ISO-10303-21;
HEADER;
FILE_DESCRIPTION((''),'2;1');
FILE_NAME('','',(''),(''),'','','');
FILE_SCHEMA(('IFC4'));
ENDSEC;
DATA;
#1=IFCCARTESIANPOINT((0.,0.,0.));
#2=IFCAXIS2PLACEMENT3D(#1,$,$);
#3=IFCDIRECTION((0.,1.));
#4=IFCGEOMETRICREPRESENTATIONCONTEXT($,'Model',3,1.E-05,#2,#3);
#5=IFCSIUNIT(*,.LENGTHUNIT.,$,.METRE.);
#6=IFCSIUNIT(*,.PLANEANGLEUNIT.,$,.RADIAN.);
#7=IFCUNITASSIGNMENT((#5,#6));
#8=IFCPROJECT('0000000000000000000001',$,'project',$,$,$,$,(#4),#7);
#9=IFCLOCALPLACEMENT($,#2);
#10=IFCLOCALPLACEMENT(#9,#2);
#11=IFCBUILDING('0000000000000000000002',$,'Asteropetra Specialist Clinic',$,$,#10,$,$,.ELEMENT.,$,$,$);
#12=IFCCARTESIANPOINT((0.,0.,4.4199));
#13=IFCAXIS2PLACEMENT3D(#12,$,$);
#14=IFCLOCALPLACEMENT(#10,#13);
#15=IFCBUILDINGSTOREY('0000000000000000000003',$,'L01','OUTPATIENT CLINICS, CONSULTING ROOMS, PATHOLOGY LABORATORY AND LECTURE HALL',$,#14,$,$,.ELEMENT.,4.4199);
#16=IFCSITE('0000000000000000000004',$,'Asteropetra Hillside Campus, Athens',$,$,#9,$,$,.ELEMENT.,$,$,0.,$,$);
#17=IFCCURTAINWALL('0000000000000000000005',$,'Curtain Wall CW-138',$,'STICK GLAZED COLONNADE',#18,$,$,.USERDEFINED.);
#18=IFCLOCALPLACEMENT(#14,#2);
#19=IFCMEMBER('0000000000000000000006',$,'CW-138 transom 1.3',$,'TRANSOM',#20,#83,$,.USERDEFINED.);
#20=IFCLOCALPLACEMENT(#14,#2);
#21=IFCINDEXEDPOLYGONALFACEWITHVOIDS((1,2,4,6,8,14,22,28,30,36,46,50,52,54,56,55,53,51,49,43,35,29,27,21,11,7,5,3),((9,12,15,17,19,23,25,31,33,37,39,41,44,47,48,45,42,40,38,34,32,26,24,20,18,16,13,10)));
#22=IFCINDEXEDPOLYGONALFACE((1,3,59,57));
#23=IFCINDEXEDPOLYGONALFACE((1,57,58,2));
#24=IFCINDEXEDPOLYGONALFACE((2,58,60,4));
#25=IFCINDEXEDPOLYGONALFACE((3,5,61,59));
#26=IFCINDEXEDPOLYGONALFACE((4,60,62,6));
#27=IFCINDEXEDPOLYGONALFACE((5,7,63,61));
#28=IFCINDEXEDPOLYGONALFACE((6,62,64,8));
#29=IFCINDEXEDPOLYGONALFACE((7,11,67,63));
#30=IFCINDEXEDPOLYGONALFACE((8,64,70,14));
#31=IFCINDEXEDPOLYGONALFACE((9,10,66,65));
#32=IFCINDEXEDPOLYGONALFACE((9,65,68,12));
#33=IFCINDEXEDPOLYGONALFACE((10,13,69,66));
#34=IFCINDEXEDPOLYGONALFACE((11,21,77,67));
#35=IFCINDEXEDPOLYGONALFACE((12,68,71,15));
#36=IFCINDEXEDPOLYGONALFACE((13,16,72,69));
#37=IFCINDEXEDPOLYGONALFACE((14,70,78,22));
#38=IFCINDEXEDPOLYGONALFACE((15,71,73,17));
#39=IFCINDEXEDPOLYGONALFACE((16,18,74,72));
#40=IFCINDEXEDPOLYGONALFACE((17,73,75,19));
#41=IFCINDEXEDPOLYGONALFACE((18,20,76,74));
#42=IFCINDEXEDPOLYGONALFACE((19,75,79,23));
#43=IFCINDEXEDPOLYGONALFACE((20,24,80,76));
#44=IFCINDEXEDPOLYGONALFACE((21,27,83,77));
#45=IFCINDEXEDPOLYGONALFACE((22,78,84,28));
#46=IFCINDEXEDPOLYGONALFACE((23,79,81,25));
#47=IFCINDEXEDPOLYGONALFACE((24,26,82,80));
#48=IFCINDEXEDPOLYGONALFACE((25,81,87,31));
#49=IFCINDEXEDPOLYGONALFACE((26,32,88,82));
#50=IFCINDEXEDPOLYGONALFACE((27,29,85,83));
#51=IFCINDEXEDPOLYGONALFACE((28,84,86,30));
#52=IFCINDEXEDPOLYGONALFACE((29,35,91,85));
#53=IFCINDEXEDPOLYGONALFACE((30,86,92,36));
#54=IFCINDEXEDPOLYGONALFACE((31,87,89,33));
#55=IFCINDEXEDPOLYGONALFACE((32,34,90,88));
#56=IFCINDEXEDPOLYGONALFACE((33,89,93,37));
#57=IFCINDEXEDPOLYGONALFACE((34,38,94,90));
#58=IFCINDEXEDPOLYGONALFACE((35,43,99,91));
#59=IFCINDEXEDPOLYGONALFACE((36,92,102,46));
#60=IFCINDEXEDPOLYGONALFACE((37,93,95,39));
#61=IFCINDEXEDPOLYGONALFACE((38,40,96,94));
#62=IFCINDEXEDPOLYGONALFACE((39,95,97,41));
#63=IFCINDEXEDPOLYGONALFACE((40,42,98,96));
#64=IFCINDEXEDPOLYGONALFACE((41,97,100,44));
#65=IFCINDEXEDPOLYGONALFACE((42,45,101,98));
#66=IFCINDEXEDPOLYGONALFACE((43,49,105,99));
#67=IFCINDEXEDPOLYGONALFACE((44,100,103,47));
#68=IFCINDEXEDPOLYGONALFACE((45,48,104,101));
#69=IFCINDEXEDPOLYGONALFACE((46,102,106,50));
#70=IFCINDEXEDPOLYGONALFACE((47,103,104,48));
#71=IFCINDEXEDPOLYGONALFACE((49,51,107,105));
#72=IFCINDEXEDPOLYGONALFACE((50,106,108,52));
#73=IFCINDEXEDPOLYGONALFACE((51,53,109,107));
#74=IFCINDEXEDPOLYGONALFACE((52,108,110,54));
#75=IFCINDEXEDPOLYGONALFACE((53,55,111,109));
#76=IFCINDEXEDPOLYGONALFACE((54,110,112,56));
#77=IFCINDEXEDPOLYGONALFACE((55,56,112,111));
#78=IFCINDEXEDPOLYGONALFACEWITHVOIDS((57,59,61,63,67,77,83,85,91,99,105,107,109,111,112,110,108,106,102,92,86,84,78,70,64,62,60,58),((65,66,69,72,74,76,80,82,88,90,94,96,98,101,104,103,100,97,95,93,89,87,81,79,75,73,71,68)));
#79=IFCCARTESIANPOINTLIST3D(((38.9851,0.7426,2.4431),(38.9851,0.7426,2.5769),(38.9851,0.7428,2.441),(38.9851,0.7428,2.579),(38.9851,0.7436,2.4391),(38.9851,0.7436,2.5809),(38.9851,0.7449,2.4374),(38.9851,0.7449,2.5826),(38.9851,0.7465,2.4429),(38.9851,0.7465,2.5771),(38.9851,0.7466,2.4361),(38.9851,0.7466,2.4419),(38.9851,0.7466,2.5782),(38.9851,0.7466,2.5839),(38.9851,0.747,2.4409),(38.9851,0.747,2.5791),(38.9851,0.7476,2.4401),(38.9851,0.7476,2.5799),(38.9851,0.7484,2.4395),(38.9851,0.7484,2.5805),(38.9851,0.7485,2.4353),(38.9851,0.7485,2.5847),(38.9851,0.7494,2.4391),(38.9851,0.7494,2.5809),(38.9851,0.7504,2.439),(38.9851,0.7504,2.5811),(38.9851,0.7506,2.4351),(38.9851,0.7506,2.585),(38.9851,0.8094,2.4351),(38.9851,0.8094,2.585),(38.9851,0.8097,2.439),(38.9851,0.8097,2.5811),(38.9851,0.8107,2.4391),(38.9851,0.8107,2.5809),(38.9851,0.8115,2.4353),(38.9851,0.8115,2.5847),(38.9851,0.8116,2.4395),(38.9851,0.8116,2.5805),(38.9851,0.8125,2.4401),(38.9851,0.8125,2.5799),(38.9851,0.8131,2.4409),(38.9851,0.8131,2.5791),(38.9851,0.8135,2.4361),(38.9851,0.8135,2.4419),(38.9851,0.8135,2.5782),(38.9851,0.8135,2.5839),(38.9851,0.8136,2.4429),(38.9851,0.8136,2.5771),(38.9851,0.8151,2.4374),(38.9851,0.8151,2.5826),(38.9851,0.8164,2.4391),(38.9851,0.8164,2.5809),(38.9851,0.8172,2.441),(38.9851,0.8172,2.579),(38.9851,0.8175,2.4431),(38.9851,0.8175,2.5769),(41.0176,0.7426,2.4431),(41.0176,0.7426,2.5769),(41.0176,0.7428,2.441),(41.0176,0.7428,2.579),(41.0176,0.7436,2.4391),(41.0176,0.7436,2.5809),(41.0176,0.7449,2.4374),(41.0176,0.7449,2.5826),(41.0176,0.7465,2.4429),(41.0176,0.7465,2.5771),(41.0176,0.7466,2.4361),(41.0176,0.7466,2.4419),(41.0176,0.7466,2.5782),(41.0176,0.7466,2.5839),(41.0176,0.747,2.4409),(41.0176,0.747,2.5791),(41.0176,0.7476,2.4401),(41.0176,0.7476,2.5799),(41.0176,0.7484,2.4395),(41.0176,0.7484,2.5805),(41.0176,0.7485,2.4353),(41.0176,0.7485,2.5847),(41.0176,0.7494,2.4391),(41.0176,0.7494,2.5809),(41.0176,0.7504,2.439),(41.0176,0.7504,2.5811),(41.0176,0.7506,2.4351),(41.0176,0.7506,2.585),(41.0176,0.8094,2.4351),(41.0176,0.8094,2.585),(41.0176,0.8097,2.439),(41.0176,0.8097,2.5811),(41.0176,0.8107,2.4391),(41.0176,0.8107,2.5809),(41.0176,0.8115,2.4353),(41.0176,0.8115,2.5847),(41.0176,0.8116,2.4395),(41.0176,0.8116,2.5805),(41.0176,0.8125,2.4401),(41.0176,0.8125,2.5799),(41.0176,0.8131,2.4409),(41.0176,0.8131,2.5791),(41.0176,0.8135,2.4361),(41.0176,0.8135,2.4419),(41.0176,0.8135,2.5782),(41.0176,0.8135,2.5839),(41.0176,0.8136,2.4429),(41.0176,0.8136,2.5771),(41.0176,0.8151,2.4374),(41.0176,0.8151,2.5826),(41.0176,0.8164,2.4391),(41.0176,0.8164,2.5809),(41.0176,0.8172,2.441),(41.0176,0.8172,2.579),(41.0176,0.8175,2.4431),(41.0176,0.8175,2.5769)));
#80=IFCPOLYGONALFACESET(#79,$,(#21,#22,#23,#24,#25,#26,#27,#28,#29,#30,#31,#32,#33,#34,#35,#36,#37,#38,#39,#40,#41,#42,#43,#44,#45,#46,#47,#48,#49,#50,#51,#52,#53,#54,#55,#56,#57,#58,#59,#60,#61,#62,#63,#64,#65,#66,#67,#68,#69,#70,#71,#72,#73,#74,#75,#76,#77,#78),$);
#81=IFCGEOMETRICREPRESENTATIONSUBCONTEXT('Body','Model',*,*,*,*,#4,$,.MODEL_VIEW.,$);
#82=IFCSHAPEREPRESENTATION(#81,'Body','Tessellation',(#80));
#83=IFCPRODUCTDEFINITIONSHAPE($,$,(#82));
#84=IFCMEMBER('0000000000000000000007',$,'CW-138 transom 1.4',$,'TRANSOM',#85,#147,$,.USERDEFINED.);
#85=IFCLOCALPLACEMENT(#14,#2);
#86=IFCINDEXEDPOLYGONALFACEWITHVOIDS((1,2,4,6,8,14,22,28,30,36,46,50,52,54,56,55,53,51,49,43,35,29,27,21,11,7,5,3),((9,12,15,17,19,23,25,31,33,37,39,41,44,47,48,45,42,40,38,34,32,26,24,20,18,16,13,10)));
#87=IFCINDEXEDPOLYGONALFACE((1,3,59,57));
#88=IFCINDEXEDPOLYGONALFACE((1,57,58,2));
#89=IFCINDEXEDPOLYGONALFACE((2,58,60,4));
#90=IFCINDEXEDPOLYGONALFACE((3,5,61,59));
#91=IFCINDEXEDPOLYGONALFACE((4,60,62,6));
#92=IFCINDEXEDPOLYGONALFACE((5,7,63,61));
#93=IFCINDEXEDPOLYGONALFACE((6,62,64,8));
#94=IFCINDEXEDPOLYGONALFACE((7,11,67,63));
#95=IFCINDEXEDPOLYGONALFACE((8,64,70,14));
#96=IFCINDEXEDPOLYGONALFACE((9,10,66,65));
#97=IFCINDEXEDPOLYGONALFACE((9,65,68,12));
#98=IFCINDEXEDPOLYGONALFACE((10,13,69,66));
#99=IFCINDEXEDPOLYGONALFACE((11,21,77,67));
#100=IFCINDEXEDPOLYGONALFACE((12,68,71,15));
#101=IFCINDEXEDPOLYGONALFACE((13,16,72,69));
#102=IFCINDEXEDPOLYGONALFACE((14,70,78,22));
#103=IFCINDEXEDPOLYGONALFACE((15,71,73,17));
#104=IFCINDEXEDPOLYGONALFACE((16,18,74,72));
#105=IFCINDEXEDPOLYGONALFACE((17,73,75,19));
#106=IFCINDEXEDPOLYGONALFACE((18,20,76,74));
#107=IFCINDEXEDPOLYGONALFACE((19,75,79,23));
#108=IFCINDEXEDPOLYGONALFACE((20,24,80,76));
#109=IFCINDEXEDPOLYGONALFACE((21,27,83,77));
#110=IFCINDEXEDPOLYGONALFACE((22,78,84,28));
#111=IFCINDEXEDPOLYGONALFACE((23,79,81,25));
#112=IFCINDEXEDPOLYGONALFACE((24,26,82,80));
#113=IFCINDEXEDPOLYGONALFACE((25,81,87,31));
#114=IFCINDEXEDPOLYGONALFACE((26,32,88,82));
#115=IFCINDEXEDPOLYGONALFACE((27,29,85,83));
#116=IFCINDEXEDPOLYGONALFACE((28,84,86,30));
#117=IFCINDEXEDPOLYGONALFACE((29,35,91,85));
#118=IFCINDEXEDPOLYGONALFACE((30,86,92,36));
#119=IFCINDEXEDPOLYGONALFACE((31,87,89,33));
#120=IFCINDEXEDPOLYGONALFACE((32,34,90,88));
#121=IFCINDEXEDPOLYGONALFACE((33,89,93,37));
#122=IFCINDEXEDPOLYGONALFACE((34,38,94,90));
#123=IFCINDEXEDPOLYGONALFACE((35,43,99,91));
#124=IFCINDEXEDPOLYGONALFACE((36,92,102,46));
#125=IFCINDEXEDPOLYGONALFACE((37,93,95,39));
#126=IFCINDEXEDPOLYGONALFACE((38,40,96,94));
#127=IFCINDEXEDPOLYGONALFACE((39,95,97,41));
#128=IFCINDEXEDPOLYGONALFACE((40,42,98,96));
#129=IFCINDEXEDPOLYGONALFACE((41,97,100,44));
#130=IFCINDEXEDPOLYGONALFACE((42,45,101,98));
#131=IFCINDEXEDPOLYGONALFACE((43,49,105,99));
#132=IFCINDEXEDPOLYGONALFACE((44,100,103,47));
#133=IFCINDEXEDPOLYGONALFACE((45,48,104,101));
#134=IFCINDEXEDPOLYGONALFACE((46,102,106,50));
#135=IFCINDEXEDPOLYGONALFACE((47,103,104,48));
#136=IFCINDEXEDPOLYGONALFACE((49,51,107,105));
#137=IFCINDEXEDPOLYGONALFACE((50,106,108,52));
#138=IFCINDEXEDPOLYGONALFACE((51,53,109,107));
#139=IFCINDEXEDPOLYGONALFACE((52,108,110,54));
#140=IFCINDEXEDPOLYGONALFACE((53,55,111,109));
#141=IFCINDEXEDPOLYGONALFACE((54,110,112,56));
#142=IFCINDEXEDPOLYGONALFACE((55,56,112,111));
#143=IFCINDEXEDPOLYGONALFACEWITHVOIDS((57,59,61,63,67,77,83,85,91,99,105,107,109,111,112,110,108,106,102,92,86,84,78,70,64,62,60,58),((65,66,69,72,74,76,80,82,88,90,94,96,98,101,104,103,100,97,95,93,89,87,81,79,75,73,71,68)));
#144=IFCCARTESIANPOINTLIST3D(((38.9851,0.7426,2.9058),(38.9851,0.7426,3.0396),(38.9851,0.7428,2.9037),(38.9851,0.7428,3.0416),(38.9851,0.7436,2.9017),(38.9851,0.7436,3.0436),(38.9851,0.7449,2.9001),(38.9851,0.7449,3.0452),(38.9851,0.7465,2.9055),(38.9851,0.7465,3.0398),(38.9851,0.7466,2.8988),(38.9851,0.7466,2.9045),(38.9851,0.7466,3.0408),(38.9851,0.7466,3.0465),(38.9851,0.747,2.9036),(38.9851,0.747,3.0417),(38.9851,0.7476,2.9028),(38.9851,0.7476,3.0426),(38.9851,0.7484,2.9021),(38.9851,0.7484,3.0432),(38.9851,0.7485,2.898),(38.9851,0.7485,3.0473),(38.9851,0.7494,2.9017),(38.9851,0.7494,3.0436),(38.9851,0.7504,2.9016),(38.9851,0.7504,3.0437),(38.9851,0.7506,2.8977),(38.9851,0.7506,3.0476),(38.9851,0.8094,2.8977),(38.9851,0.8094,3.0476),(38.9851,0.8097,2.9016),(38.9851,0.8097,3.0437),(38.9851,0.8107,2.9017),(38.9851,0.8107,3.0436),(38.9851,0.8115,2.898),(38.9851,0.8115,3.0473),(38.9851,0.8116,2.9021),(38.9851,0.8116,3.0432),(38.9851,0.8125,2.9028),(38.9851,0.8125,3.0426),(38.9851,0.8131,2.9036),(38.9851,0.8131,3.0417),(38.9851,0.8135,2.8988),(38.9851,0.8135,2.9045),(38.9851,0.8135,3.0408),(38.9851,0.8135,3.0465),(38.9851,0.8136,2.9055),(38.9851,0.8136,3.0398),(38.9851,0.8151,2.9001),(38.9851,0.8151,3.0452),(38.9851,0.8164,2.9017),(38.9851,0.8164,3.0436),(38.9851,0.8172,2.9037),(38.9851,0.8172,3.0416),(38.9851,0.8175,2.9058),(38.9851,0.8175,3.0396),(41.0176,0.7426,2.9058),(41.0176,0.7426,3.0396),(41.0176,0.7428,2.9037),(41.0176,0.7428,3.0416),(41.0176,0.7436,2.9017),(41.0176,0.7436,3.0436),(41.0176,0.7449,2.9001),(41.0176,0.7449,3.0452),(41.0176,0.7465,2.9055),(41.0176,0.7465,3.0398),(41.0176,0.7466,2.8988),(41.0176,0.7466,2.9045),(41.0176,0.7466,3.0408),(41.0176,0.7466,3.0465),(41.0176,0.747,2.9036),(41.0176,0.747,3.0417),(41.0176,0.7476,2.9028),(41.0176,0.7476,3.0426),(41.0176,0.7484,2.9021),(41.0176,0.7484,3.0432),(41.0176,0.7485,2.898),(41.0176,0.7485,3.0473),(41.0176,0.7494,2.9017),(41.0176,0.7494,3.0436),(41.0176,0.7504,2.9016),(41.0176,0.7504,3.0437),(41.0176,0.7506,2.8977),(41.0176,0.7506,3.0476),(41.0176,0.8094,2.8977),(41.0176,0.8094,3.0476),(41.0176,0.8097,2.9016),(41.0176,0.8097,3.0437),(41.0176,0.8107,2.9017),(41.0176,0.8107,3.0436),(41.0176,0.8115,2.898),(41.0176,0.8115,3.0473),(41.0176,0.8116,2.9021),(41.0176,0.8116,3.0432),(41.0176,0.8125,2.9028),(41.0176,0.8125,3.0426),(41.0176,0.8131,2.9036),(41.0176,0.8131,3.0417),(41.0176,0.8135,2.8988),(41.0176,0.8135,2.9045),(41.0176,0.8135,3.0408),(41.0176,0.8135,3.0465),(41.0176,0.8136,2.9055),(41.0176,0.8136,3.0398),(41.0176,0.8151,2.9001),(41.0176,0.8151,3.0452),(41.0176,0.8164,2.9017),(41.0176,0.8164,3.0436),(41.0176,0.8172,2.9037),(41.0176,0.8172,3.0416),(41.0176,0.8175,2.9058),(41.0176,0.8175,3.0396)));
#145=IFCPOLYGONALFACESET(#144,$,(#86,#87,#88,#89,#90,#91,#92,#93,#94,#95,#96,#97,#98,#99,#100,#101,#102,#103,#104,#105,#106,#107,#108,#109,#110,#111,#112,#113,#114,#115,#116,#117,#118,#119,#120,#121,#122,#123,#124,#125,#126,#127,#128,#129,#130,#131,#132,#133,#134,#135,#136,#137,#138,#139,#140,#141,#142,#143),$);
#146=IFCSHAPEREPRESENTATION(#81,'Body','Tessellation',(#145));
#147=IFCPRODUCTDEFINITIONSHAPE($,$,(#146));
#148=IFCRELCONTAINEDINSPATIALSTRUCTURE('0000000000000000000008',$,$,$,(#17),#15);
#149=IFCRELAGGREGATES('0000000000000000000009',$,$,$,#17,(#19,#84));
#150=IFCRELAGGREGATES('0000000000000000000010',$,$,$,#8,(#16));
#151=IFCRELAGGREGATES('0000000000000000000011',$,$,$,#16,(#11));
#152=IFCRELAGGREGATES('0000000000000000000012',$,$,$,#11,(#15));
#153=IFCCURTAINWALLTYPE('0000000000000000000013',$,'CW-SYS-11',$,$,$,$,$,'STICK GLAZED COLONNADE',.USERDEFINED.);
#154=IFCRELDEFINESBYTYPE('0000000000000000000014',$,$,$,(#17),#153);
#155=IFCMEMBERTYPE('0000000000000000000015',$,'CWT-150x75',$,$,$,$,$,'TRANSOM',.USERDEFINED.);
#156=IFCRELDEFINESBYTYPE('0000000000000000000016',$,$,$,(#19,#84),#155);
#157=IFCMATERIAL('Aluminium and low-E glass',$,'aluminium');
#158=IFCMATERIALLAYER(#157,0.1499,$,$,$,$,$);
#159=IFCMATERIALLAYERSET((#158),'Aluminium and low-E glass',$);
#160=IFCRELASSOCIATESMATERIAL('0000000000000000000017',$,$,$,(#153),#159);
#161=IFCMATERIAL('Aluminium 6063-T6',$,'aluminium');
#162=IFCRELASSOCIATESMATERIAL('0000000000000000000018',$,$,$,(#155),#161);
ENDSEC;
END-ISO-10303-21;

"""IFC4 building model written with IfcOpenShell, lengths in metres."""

from ifc_helpers import new_model, si_unit, direction, frame, origin, origin_2d, place, context, subcontext, project, spatial, hollow_rectangle, extrude, material, layer, layer_set, material_profile, profile_set, type_object, element, aggregate, save


model = new_model("IFC4")

# Units and contexts
model_context = context("Model", 3, precision=1e-05, world=origin(), true_north=direction((0.0, 1.0)))
body_context = subcontext(model_context, "Body", "Model", "MODEL_VIEW")
ifc_project = project(units=[si_unit("LENGTHUNIT", "METRE"), si_unit("PLANEANGLEUNIT", "RADIAN")], contexts=[model_context])

# Site, building, storey
site_placement = place(None, origin())
site = spatial("IfcSite", under=ifc_project, at=site_placement, Name="Asteropetra Hillside Campus, Athens", CompositionType="ELEMENT", RefElevation=0.0)
building_placement = place(site_placement, origin())
building = spatial("IfcBuilding", under=site, at=building_placement, Name="Asteropetra Specialist Clinic", CompositionType="ELEMENT")
storey_placement = place(building_placement, frame((0.0, 0.0, 4.4199)))
storey = spatial("IfcBuildingStorey", under=building, at=storey_placement, Name="L01", Description="OUTPATIENT CLINICS, CONSULTING ROOMS, PATHOLOGY LABORATORY AND LECTURE HALL", CompositionType="ELEMENT", Elevation=4.4199)

# Curtain wall, members
ifc_material_1 = material(Name="Aluminium and low-E glass", Category="aluminium")
ifc_layer_1 = layer(ifc_material_1, 0.1499)
ifc_layer_set_1 = layer_set([ifc_layer_1], Name="Aluminium and low-E glass")
curtain_wall_type_1 = type_object("IfcCurtainWallType", Name="CW-SYS-11", ElementType="STICK GLAZED COLONNADE", PredefinedType="USERDEFINED", material=ifc_layer_set_1)
curtain_wall_1_placement = place(storey_placement, origin())
curtain_wall_1 = element("IfcCurtainWall", 1, at=curtain_wall_1_placement, inside=storey, type_object=curtain_wall_type_1, Name="Curtain Wall CW-138", ObjectType="STICK GLAZED COLONNADE", PredefinedType="USERDEFINED")
ifc_material_2 = material(Name="Aluminium 6063-T6", Category="aluminium")
ifc_material_profile_1 = material_profile(ifc_material_2, hollow_rectangle(XDim=0.075, YDim=0.1499, WallThickness=0.0039, InnerFilletRadius=0.0039, OuterFilletRadius=0.0081, at=origin_2d()), Name="TRN 150x75x4.0")
ifc_profile_set_1 = profile_set([ifc_material_profile_1], Name="Aluminium 6063-T6")
member_type_1 = type_object("IfcMemberType", Name="CWT-150x75", ElementType="TRANSOM", PredefinedType="USERDEFINED", material=ifc_profile_set_1)
member_1_placement = place(storey_placement, frame((38.9851, 0.78, 2.51), z_axis=(1.0, 0.0, 0.0), x_axis=(0.0, 1.0, 0.0)))
member_1 = element("IfcMember", 2, at=member_1_placement, type_object=member_type_1, Name="CW-138 transom 1.3", ObjectType="TRANSOM", PredefinedType="USERDEFINED", context=body_context, shape_type="SweptSolid", body=[
    extrude(hollow_rectangle(XDim=0.075, YDim=0.1499, WallThickness=0.0039, InnerFilletRadius=0.0039, OuterFilletRadius=0.0081, at=origin_2d()), origin(), (0.0, 0.0, 1.0), 2.0325),
])
member_2_placement = place(storey_placement, frame((38.9851, 0.78, 2.9727), z_axis=(1.0, 0.0, 0.0), x_axis=(0.0, 1.0, 0.0)))
member_2 = element("IfcMember", 3, at=member_2_placement, type_object=member_type_1, Name="CW-138 transom 1.4", ObjectType="TRANSOM", PredefinedType="USERDEFINED", context=body_context, shape_type="SweptSolid", body=[
    extrude(hollow_rectangle(XDim=0.075, YDim=0.1499, WallThickness=0.0039, InnerFilletRadius=0.0039, OuterFilletRadius=0.0081, at=origin_2d()), origin(), (0.0, 0.0, 1.0), 2.0325),
])

aggregate(curtain_wall_1, [member_1, member_2])

save(model, "model.ifc")
